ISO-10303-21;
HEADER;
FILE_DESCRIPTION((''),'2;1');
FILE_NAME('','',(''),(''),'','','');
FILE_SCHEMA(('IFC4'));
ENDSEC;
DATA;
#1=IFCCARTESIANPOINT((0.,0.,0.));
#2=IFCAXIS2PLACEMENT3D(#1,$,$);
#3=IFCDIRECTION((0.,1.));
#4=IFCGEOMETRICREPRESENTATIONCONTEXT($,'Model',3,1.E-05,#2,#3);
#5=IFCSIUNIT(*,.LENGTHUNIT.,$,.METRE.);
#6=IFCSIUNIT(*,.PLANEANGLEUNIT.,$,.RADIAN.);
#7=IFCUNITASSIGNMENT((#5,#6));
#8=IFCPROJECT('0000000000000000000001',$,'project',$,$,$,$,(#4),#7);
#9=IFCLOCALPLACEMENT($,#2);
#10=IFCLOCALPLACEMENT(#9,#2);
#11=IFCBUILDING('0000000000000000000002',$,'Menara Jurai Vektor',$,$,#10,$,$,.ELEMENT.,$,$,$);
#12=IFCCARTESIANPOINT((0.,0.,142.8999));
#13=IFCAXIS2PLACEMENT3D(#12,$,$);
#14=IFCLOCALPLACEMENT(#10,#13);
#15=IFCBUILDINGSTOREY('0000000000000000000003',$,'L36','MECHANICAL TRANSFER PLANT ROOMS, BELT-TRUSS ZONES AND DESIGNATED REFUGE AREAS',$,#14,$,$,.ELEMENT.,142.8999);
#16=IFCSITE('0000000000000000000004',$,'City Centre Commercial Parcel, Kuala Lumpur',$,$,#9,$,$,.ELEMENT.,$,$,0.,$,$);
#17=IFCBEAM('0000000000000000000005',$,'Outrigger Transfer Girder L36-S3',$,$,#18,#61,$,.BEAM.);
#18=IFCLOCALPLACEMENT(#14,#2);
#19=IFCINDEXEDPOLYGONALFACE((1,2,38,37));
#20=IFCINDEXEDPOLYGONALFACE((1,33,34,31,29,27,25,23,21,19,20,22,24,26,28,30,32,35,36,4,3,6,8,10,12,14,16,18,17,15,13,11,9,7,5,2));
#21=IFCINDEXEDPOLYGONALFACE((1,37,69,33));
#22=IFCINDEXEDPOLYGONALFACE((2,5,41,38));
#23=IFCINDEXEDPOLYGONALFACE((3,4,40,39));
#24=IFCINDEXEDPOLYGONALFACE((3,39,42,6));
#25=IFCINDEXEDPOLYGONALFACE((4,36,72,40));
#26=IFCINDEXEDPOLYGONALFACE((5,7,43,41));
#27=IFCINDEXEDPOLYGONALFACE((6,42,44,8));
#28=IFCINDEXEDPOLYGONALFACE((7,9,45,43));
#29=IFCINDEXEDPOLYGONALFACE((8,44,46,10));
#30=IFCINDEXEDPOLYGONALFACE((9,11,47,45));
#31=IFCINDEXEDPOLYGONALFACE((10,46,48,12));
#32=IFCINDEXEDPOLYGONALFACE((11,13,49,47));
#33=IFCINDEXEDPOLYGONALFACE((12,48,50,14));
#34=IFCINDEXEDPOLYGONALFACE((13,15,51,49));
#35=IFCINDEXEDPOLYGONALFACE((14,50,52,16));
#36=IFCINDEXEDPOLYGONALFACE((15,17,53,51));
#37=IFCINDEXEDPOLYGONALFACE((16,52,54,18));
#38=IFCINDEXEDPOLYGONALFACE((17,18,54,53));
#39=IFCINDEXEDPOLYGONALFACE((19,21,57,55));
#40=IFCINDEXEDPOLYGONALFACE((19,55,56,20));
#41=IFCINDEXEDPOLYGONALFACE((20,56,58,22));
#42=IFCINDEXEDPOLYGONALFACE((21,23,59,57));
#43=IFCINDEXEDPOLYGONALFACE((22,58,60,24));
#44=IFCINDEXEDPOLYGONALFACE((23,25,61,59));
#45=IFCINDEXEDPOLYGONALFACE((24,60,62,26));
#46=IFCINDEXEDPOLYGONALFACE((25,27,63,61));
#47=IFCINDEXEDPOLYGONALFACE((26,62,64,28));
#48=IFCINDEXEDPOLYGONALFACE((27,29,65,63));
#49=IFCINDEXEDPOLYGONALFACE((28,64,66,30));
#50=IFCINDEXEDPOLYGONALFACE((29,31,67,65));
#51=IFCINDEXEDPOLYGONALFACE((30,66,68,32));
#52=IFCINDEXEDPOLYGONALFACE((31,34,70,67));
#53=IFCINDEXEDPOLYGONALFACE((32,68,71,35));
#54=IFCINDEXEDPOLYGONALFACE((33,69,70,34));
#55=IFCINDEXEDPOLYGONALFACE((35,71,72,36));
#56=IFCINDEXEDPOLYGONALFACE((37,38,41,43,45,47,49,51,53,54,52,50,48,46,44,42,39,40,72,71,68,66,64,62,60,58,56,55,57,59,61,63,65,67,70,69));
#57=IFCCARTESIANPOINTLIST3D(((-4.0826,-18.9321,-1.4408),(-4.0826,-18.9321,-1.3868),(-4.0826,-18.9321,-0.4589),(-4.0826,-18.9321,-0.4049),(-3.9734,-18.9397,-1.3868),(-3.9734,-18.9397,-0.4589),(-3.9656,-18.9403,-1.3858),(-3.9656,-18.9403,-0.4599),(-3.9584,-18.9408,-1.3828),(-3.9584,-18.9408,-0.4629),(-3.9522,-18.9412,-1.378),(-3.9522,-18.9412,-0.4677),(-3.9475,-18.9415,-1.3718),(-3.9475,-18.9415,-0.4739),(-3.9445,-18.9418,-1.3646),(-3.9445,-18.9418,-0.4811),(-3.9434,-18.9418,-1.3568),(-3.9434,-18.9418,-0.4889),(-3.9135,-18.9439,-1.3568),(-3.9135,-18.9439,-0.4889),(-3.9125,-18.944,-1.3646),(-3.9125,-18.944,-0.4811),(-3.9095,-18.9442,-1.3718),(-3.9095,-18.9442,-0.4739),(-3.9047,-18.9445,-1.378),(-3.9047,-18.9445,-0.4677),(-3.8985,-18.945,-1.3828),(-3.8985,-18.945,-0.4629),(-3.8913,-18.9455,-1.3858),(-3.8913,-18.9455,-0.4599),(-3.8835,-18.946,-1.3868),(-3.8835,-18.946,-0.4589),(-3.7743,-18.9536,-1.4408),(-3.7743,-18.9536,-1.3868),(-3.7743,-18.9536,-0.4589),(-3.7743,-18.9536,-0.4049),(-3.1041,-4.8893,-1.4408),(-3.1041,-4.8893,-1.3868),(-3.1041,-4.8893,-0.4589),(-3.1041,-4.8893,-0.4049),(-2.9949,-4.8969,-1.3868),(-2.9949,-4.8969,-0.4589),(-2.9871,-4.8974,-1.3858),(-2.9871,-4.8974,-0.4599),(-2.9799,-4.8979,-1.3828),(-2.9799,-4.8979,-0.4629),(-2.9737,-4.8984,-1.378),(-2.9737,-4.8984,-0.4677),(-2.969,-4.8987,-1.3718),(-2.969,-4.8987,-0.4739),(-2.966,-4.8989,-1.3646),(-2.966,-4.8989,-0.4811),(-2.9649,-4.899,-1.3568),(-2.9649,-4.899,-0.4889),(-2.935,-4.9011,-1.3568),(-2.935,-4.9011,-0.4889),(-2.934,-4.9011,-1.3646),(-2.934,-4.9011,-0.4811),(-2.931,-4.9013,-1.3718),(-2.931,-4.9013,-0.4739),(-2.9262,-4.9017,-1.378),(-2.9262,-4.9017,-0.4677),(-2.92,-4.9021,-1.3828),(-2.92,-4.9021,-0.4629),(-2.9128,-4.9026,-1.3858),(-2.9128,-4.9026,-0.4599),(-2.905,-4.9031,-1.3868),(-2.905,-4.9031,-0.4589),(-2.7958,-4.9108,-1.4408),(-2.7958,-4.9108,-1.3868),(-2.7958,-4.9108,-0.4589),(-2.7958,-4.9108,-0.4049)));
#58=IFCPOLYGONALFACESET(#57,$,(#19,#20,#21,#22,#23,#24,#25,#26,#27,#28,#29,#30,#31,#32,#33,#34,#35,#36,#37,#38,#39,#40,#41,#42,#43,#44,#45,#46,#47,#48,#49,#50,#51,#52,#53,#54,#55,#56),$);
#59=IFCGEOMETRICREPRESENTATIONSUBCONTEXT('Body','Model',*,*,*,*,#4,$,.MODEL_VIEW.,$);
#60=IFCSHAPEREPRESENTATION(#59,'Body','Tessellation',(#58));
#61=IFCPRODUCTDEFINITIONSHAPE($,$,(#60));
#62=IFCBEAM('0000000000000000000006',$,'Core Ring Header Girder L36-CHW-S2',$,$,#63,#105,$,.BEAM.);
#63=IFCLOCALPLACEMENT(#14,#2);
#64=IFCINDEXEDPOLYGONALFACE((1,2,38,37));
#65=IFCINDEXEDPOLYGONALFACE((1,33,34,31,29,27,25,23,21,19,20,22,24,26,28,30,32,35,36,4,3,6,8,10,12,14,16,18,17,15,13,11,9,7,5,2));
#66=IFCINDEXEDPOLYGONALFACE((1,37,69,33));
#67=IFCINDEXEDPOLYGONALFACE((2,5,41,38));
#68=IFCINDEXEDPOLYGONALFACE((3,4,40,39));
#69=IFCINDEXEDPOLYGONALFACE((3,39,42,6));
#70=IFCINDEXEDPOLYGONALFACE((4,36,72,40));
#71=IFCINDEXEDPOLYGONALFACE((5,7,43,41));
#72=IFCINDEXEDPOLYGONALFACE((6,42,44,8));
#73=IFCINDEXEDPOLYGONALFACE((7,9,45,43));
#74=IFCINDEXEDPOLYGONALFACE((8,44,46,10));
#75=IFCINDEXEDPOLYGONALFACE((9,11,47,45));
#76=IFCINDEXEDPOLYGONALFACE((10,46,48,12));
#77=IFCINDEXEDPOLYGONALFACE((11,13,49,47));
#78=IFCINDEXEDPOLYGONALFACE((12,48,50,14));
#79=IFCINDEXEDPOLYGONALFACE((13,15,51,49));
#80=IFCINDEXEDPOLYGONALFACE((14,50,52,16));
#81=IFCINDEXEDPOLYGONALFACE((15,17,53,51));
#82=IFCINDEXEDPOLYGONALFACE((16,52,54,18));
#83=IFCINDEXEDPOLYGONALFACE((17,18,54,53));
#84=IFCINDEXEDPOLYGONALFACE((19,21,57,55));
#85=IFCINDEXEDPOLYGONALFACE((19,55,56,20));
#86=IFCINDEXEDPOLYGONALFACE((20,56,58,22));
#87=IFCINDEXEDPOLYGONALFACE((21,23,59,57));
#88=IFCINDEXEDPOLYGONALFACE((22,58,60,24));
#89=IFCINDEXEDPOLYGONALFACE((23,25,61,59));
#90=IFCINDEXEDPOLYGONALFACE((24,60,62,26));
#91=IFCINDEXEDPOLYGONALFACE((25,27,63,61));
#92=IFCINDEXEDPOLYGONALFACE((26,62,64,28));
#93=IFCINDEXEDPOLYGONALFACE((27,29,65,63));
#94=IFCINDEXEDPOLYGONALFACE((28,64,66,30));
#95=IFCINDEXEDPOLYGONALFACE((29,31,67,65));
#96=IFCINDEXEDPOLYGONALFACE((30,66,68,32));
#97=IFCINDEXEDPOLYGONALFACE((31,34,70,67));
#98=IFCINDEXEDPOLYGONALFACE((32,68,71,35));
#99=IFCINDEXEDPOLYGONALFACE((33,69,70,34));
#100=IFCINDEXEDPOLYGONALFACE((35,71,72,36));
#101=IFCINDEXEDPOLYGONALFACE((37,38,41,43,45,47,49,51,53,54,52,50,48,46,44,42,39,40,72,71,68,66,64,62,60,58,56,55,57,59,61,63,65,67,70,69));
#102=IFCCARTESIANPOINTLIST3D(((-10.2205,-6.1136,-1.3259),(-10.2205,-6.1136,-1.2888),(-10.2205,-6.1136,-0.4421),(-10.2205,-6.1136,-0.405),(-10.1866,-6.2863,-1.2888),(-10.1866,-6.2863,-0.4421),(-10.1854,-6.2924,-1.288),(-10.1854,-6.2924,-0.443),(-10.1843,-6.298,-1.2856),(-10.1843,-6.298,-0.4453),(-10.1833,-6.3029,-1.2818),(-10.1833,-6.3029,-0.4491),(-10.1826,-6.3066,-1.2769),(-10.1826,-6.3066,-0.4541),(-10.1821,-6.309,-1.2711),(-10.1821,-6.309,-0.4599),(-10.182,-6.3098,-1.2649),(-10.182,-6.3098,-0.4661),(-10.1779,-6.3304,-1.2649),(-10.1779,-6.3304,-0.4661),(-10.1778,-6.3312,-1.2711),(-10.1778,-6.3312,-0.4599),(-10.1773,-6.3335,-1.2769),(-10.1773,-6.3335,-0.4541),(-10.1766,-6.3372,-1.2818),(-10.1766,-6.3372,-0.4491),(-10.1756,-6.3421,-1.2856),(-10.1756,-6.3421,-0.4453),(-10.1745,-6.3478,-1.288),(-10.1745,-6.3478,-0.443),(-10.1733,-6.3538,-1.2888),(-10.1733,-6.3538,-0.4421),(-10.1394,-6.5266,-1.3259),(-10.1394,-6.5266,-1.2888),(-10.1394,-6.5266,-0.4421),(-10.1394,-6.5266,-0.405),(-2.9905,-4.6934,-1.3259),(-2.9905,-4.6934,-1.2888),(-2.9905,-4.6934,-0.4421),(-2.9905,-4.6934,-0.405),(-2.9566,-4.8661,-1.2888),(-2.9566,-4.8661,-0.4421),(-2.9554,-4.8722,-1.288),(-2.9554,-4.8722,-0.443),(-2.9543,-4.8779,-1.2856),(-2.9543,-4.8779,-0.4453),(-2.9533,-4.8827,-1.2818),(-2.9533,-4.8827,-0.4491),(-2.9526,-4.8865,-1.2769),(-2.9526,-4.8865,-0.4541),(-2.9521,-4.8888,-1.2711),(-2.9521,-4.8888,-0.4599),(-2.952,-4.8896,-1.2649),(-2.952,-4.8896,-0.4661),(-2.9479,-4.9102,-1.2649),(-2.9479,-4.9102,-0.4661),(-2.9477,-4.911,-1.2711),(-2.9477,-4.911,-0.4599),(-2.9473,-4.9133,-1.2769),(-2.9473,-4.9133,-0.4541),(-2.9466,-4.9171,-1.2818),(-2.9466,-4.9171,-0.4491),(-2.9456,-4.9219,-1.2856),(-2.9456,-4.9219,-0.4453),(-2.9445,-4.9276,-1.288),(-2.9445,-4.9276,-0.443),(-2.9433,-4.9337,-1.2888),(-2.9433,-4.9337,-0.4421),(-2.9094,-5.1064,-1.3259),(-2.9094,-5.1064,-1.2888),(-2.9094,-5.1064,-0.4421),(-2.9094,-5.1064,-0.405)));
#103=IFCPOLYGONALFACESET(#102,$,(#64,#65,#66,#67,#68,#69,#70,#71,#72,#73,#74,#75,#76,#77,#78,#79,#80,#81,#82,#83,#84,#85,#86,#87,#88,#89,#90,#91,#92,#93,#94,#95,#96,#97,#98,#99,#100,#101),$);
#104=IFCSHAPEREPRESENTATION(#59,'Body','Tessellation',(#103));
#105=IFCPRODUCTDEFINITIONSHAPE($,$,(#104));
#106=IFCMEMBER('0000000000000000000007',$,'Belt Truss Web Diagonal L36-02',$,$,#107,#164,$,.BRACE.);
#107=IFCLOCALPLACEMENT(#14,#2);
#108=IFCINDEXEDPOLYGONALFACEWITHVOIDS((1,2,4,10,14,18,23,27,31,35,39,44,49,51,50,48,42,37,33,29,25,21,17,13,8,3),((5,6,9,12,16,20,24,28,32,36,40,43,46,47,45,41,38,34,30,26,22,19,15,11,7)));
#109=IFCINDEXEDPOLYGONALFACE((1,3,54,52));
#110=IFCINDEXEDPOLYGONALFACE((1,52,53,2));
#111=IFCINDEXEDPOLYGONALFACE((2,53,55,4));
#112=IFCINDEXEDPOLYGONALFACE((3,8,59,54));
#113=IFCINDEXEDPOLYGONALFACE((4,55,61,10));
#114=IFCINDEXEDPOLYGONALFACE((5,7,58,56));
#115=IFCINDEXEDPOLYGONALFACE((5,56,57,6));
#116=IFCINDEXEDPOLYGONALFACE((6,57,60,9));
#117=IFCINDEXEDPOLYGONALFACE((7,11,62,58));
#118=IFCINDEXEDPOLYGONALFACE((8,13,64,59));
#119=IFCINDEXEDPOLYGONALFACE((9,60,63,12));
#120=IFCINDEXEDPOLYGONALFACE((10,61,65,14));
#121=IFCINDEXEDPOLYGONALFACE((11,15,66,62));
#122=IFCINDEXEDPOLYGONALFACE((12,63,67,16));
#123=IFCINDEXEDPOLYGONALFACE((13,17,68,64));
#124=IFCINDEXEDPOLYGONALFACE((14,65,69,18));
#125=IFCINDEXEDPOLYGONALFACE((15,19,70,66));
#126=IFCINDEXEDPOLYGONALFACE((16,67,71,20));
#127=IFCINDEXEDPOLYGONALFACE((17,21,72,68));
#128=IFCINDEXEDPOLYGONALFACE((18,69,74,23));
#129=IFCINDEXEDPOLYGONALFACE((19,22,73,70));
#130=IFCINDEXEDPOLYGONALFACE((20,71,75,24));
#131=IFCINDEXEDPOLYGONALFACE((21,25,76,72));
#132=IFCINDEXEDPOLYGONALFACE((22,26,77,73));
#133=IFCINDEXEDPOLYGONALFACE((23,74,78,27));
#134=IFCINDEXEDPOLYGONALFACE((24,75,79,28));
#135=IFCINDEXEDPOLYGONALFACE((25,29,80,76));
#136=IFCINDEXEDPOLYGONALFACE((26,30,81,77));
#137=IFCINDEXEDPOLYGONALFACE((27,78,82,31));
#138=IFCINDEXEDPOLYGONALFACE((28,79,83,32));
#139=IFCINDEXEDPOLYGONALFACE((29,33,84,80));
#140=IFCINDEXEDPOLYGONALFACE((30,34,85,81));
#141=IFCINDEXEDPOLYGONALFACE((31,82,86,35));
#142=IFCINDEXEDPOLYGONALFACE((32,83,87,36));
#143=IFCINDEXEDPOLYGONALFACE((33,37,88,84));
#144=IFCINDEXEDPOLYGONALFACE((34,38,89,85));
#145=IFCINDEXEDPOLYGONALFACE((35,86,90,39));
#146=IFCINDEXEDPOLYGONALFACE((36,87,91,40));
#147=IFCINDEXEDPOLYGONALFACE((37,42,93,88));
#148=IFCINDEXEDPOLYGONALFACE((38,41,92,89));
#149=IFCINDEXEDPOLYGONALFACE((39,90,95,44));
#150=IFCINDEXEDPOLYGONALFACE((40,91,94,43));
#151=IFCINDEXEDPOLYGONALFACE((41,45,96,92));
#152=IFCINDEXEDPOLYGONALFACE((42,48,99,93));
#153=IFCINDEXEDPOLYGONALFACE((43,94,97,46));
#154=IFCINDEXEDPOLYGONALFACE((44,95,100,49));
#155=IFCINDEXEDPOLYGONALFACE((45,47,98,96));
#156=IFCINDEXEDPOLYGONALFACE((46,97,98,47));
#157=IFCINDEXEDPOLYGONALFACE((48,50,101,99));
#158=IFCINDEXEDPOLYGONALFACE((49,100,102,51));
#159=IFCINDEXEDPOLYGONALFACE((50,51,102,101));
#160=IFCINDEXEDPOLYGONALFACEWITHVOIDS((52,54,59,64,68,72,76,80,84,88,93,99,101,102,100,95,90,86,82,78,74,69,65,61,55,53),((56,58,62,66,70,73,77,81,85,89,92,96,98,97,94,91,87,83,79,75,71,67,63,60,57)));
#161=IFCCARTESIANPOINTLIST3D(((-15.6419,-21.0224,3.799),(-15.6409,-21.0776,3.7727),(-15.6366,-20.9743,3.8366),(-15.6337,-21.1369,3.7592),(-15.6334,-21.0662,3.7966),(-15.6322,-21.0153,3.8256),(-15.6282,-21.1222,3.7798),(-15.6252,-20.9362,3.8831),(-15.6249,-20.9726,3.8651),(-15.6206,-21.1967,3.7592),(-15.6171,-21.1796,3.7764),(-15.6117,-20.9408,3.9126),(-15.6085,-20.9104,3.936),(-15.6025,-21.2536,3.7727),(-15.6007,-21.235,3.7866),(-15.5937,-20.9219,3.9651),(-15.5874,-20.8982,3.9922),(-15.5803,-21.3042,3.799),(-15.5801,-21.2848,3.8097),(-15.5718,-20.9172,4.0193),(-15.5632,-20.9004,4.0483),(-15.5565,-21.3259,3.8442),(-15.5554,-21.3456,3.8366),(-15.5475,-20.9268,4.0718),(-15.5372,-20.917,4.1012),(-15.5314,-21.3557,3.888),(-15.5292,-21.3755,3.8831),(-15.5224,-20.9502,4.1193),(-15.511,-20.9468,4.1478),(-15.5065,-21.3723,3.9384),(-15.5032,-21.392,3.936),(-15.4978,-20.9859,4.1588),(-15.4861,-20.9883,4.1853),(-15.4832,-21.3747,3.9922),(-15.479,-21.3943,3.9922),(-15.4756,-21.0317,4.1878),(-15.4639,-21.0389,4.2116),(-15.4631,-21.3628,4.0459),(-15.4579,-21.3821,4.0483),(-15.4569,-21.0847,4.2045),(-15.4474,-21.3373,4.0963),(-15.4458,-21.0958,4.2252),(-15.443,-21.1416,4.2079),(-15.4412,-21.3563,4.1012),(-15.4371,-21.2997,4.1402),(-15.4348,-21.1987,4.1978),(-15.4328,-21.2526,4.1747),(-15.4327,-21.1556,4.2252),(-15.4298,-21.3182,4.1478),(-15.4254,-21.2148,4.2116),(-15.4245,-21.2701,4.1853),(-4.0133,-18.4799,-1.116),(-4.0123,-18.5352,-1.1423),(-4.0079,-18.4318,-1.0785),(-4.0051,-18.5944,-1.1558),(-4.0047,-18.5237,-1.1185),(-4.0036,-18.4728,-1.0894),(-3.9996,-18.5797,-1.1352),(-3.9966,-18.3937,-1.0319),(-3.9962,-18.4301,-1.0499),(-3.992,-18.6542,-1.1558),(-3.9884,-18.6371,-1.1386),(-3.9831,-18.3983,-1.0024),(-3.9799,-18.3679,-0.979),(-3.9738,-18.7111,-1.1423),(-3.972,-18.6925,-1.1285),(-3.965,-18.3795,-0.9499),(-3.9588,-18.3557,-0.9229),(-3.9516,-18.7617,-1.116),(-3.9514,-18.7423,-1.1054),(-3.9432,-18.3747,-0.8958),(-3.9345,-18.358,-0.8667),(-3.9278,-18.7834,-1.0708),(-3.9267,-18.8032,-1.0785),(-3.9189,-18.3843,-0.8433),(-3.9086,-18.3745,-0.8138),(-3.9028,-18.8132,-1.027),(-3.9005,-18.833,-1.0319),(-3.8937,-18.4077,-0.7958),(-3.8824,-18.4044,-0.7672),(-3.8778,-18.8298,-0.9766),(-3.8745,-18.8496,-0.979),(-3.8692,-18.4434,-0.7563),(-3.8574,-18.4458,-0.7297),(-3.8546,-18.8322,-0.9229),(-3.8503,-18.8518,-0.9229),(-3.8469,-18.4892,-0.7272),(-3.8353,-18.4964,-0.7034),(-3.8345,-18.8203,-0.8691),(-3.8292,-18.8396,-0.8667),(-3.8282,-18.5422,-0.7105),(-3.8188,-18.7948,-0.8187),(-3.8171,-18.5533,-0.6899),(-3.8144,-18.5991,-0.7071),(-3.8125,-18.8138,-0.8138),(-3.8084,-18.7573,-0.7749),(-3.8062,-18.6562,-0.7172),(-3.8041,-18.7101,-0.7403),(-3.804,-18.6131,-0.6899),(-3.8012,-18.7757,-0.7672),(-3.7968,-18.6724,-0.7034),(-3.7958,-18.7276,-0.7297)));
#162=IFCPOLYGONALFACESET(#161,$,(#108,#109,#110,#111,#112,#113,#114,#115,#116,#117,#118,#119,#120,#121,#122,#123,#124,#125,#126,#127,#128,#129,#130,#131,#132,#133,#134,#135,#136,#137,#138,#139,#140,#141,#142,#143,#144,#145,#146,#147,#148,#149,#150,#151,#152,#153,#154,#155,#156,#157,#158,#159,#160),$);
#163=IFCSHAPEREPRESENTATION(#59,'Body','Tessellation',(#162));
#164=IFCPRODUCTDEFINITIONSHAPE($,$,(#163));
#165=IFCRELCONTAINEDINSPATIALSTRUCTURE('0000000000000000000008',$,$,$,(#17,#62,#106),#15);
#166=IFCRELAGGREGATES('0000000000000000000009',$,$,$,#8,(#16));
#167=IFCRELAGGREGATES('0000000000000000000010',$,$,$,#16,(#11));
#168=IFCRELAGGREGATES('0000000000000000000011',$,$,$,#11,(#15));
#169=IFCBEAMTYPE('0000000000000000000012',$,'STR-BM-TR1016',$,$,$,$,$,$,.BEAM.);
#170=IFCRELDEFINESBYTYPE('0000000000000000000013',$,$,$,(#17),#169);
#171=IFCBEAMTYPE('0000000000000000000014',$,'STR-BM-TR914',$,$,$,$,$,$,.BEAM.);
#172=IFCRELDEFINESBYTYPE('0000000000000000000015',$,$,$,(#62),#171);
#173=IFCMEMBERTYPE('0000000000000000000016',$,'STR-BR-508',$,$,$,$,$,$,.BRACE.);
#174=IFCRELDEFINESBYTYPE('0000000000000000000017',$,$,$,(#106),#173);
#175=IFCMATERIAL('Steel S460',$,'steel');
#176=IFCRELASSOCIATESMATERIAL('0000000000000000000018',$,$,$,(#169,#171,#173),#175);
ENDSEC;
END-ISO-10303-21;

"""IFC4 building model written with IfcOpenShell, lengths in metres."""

from ifc_helpers import new_model, si_unit, direction, frame, origin, origin_2d, place, context, subcontext, project, spatial, hollow_circle, i_section, extrude, material, material_profile, profile_set, type_object, element, save


model = new_model("IFC4")

# Units and contexts
model_context = context("Model", 3, precision=1e-05, world=origin(), true_north=direction((0.0, 1.0)))
body_context = subcontext(model_context, "Body", "Model", "MODEL_VIEW")
ifc_project = project(units=[si_unit("LENGTHUNIT", "METRE"), si_unit("PLANEANGLEUNIT", "RADIAN")], contexts=[model_context])

# Site, building, storey
site_placement = place(None, origin())
site = spatial("IfcSite", under=ifc_project, at=site_placement, Name="City Centre Commercial Parcel, Kuala Lumpur", CompositionType="ELEMENT", RefElevation=0.0)
building_placement = place(site_placement, origin())
building = spatial("IfcBuilding", under=site, at=building_placement, Name="Menara Jurai Vektor", CompositionType="ELEMENT")
storey_placement = place(building_placement, frame((0.0, 0.0, 142.8999)))
storey = spatial("IfcBuildingStorey", under=building, at=storey_placement, Name="L36", Description="MECHANICAL TRANSFER PLANT ROOMS, BELT-TRUSS ZONES AND DESIGNATED REFUGE AREAS", CompositionType="ELEMENT", Elevation=142.8999)

# Shared definitions
ifc_material_1 = material(Name="Steel S460", Category="steel")

# Beams
ifc_material_profile_1 = material_profile(ifc_material_1, i_section(OverallWidth=0.3091, OverallDepth=1.0359, WebThickness=0.03, FlangeThickness=0.054, FilletRadius=0.03, at=origin_2d()), Name="UKB 1016x305x487")
ifc_profile_set_1 = profile_set([ifc_material_profile_1], Name="Steel S460")
beam_type_1 = type_object("IfcBeamType", Name="STR-BM-TR1016", PredefinedType="BEAM", material=ifc_profile_set_1)
beam_1_placement = place(storey_placement, frame((-3.9285, -18.9429, -0.9229), z_axis=(0.069512, 0.997581, 0.0), x_axis=(-0.997581, 0.069512, 0.0)))
element("IfcBeam", 1, at=beam_1_placement, inside=storey, type_object=beam_type_1, Name="Outrigger Transfer Girder L36-S3", PredefinedType="BEAM", context=body_context, shape_type="SweptSolid", body=[
    extrude(i_section(OverallWidth=0.3091, OverallDepth=1.0359, WebThickness=0.03, FlangeThickness=0.054, FilletRadius=0.03, at=origin_2d()), origin(), (0.0, 0.0, 1.0), 14.0769),
])
ifc_material_profile_2 = material_profile(ifc_material_1, i_section(OverallWidth=0.4209, OverallDepth=0.9209, WebThickness=0.021, FlangeThickness=0.0371, FilletRadius=0.0239, at=origin_2d()), Name="UKB 914x419x388")
ifc_profile_set_2 = profile_set([ifc_material_profile_2], Name="Steel S460")
beam_type_2 = type_object("IfcBeamType", Name="STR-BM-TR914", PredefinedType="BEAM", material=ifc_profile_set_2)
beam_2_placement = place(storey_placement, frame((-10.1799, -6.3201, -0.8655), z_axis=(0.981249, 0.192744, 0.0), x_axis=(-0.192744, 0.981249, 0.0)))
element("IfcBeam", 2, at=beam_2_placement, inside=storey, type_object=beam_type_2, Name="Core Ring Header Girder L36-CHW-S2", PredefinedType="BEAM", context=body_context, shape_type="SweptSolid", body=[
    extrude(i_section(OverallWidth=0.4209, OverallDepth=0.9209, WebThickness=0.021, FlangeThickness=0.0371, FilletRadius=0.0239, at=origin_2d()), origin(), (0.0, 0.0, 1.0), 7.3682),
])

# Member
ifc_material_profile_3 = material_profile(ifc_material_1, hollow_circle(Radius=0.2539, WallThickness=0.02, at=origin_2d()), Name="CHS 508x20")
ifc_profile_set_3 = profile_set([ifc_material_profile_3], Name="Steel S460")
member_type_1 = type_object("IfcMemberType", Name="STR-BR-508", PredefinedType="BRACE", material=ifc_profile_set_3)
member_1_placement = place(storey_placement, frame((-3.9045, -18.6038, -0.9229), z_axis=(-0.902974, -0.197425, 0.381656), x_axis=(0.213594, -0.976923, 0.0)))
element("IfcMember", 3, at=member_1_placement, inside=storey, type_object=member_type_1, Name="Belt Truss Web Diagonal L36-02", PredefinedType="BRACE", context=body_context, shape_type="SweptSolid", body=[
    extrude(hollow_circle(Radius=0.2539, WallThickness=0.02, at=origin_2d()), origin(), (0.0, 0.0, 1.0), 12.8782),
])

save(model, "model.ifc")
